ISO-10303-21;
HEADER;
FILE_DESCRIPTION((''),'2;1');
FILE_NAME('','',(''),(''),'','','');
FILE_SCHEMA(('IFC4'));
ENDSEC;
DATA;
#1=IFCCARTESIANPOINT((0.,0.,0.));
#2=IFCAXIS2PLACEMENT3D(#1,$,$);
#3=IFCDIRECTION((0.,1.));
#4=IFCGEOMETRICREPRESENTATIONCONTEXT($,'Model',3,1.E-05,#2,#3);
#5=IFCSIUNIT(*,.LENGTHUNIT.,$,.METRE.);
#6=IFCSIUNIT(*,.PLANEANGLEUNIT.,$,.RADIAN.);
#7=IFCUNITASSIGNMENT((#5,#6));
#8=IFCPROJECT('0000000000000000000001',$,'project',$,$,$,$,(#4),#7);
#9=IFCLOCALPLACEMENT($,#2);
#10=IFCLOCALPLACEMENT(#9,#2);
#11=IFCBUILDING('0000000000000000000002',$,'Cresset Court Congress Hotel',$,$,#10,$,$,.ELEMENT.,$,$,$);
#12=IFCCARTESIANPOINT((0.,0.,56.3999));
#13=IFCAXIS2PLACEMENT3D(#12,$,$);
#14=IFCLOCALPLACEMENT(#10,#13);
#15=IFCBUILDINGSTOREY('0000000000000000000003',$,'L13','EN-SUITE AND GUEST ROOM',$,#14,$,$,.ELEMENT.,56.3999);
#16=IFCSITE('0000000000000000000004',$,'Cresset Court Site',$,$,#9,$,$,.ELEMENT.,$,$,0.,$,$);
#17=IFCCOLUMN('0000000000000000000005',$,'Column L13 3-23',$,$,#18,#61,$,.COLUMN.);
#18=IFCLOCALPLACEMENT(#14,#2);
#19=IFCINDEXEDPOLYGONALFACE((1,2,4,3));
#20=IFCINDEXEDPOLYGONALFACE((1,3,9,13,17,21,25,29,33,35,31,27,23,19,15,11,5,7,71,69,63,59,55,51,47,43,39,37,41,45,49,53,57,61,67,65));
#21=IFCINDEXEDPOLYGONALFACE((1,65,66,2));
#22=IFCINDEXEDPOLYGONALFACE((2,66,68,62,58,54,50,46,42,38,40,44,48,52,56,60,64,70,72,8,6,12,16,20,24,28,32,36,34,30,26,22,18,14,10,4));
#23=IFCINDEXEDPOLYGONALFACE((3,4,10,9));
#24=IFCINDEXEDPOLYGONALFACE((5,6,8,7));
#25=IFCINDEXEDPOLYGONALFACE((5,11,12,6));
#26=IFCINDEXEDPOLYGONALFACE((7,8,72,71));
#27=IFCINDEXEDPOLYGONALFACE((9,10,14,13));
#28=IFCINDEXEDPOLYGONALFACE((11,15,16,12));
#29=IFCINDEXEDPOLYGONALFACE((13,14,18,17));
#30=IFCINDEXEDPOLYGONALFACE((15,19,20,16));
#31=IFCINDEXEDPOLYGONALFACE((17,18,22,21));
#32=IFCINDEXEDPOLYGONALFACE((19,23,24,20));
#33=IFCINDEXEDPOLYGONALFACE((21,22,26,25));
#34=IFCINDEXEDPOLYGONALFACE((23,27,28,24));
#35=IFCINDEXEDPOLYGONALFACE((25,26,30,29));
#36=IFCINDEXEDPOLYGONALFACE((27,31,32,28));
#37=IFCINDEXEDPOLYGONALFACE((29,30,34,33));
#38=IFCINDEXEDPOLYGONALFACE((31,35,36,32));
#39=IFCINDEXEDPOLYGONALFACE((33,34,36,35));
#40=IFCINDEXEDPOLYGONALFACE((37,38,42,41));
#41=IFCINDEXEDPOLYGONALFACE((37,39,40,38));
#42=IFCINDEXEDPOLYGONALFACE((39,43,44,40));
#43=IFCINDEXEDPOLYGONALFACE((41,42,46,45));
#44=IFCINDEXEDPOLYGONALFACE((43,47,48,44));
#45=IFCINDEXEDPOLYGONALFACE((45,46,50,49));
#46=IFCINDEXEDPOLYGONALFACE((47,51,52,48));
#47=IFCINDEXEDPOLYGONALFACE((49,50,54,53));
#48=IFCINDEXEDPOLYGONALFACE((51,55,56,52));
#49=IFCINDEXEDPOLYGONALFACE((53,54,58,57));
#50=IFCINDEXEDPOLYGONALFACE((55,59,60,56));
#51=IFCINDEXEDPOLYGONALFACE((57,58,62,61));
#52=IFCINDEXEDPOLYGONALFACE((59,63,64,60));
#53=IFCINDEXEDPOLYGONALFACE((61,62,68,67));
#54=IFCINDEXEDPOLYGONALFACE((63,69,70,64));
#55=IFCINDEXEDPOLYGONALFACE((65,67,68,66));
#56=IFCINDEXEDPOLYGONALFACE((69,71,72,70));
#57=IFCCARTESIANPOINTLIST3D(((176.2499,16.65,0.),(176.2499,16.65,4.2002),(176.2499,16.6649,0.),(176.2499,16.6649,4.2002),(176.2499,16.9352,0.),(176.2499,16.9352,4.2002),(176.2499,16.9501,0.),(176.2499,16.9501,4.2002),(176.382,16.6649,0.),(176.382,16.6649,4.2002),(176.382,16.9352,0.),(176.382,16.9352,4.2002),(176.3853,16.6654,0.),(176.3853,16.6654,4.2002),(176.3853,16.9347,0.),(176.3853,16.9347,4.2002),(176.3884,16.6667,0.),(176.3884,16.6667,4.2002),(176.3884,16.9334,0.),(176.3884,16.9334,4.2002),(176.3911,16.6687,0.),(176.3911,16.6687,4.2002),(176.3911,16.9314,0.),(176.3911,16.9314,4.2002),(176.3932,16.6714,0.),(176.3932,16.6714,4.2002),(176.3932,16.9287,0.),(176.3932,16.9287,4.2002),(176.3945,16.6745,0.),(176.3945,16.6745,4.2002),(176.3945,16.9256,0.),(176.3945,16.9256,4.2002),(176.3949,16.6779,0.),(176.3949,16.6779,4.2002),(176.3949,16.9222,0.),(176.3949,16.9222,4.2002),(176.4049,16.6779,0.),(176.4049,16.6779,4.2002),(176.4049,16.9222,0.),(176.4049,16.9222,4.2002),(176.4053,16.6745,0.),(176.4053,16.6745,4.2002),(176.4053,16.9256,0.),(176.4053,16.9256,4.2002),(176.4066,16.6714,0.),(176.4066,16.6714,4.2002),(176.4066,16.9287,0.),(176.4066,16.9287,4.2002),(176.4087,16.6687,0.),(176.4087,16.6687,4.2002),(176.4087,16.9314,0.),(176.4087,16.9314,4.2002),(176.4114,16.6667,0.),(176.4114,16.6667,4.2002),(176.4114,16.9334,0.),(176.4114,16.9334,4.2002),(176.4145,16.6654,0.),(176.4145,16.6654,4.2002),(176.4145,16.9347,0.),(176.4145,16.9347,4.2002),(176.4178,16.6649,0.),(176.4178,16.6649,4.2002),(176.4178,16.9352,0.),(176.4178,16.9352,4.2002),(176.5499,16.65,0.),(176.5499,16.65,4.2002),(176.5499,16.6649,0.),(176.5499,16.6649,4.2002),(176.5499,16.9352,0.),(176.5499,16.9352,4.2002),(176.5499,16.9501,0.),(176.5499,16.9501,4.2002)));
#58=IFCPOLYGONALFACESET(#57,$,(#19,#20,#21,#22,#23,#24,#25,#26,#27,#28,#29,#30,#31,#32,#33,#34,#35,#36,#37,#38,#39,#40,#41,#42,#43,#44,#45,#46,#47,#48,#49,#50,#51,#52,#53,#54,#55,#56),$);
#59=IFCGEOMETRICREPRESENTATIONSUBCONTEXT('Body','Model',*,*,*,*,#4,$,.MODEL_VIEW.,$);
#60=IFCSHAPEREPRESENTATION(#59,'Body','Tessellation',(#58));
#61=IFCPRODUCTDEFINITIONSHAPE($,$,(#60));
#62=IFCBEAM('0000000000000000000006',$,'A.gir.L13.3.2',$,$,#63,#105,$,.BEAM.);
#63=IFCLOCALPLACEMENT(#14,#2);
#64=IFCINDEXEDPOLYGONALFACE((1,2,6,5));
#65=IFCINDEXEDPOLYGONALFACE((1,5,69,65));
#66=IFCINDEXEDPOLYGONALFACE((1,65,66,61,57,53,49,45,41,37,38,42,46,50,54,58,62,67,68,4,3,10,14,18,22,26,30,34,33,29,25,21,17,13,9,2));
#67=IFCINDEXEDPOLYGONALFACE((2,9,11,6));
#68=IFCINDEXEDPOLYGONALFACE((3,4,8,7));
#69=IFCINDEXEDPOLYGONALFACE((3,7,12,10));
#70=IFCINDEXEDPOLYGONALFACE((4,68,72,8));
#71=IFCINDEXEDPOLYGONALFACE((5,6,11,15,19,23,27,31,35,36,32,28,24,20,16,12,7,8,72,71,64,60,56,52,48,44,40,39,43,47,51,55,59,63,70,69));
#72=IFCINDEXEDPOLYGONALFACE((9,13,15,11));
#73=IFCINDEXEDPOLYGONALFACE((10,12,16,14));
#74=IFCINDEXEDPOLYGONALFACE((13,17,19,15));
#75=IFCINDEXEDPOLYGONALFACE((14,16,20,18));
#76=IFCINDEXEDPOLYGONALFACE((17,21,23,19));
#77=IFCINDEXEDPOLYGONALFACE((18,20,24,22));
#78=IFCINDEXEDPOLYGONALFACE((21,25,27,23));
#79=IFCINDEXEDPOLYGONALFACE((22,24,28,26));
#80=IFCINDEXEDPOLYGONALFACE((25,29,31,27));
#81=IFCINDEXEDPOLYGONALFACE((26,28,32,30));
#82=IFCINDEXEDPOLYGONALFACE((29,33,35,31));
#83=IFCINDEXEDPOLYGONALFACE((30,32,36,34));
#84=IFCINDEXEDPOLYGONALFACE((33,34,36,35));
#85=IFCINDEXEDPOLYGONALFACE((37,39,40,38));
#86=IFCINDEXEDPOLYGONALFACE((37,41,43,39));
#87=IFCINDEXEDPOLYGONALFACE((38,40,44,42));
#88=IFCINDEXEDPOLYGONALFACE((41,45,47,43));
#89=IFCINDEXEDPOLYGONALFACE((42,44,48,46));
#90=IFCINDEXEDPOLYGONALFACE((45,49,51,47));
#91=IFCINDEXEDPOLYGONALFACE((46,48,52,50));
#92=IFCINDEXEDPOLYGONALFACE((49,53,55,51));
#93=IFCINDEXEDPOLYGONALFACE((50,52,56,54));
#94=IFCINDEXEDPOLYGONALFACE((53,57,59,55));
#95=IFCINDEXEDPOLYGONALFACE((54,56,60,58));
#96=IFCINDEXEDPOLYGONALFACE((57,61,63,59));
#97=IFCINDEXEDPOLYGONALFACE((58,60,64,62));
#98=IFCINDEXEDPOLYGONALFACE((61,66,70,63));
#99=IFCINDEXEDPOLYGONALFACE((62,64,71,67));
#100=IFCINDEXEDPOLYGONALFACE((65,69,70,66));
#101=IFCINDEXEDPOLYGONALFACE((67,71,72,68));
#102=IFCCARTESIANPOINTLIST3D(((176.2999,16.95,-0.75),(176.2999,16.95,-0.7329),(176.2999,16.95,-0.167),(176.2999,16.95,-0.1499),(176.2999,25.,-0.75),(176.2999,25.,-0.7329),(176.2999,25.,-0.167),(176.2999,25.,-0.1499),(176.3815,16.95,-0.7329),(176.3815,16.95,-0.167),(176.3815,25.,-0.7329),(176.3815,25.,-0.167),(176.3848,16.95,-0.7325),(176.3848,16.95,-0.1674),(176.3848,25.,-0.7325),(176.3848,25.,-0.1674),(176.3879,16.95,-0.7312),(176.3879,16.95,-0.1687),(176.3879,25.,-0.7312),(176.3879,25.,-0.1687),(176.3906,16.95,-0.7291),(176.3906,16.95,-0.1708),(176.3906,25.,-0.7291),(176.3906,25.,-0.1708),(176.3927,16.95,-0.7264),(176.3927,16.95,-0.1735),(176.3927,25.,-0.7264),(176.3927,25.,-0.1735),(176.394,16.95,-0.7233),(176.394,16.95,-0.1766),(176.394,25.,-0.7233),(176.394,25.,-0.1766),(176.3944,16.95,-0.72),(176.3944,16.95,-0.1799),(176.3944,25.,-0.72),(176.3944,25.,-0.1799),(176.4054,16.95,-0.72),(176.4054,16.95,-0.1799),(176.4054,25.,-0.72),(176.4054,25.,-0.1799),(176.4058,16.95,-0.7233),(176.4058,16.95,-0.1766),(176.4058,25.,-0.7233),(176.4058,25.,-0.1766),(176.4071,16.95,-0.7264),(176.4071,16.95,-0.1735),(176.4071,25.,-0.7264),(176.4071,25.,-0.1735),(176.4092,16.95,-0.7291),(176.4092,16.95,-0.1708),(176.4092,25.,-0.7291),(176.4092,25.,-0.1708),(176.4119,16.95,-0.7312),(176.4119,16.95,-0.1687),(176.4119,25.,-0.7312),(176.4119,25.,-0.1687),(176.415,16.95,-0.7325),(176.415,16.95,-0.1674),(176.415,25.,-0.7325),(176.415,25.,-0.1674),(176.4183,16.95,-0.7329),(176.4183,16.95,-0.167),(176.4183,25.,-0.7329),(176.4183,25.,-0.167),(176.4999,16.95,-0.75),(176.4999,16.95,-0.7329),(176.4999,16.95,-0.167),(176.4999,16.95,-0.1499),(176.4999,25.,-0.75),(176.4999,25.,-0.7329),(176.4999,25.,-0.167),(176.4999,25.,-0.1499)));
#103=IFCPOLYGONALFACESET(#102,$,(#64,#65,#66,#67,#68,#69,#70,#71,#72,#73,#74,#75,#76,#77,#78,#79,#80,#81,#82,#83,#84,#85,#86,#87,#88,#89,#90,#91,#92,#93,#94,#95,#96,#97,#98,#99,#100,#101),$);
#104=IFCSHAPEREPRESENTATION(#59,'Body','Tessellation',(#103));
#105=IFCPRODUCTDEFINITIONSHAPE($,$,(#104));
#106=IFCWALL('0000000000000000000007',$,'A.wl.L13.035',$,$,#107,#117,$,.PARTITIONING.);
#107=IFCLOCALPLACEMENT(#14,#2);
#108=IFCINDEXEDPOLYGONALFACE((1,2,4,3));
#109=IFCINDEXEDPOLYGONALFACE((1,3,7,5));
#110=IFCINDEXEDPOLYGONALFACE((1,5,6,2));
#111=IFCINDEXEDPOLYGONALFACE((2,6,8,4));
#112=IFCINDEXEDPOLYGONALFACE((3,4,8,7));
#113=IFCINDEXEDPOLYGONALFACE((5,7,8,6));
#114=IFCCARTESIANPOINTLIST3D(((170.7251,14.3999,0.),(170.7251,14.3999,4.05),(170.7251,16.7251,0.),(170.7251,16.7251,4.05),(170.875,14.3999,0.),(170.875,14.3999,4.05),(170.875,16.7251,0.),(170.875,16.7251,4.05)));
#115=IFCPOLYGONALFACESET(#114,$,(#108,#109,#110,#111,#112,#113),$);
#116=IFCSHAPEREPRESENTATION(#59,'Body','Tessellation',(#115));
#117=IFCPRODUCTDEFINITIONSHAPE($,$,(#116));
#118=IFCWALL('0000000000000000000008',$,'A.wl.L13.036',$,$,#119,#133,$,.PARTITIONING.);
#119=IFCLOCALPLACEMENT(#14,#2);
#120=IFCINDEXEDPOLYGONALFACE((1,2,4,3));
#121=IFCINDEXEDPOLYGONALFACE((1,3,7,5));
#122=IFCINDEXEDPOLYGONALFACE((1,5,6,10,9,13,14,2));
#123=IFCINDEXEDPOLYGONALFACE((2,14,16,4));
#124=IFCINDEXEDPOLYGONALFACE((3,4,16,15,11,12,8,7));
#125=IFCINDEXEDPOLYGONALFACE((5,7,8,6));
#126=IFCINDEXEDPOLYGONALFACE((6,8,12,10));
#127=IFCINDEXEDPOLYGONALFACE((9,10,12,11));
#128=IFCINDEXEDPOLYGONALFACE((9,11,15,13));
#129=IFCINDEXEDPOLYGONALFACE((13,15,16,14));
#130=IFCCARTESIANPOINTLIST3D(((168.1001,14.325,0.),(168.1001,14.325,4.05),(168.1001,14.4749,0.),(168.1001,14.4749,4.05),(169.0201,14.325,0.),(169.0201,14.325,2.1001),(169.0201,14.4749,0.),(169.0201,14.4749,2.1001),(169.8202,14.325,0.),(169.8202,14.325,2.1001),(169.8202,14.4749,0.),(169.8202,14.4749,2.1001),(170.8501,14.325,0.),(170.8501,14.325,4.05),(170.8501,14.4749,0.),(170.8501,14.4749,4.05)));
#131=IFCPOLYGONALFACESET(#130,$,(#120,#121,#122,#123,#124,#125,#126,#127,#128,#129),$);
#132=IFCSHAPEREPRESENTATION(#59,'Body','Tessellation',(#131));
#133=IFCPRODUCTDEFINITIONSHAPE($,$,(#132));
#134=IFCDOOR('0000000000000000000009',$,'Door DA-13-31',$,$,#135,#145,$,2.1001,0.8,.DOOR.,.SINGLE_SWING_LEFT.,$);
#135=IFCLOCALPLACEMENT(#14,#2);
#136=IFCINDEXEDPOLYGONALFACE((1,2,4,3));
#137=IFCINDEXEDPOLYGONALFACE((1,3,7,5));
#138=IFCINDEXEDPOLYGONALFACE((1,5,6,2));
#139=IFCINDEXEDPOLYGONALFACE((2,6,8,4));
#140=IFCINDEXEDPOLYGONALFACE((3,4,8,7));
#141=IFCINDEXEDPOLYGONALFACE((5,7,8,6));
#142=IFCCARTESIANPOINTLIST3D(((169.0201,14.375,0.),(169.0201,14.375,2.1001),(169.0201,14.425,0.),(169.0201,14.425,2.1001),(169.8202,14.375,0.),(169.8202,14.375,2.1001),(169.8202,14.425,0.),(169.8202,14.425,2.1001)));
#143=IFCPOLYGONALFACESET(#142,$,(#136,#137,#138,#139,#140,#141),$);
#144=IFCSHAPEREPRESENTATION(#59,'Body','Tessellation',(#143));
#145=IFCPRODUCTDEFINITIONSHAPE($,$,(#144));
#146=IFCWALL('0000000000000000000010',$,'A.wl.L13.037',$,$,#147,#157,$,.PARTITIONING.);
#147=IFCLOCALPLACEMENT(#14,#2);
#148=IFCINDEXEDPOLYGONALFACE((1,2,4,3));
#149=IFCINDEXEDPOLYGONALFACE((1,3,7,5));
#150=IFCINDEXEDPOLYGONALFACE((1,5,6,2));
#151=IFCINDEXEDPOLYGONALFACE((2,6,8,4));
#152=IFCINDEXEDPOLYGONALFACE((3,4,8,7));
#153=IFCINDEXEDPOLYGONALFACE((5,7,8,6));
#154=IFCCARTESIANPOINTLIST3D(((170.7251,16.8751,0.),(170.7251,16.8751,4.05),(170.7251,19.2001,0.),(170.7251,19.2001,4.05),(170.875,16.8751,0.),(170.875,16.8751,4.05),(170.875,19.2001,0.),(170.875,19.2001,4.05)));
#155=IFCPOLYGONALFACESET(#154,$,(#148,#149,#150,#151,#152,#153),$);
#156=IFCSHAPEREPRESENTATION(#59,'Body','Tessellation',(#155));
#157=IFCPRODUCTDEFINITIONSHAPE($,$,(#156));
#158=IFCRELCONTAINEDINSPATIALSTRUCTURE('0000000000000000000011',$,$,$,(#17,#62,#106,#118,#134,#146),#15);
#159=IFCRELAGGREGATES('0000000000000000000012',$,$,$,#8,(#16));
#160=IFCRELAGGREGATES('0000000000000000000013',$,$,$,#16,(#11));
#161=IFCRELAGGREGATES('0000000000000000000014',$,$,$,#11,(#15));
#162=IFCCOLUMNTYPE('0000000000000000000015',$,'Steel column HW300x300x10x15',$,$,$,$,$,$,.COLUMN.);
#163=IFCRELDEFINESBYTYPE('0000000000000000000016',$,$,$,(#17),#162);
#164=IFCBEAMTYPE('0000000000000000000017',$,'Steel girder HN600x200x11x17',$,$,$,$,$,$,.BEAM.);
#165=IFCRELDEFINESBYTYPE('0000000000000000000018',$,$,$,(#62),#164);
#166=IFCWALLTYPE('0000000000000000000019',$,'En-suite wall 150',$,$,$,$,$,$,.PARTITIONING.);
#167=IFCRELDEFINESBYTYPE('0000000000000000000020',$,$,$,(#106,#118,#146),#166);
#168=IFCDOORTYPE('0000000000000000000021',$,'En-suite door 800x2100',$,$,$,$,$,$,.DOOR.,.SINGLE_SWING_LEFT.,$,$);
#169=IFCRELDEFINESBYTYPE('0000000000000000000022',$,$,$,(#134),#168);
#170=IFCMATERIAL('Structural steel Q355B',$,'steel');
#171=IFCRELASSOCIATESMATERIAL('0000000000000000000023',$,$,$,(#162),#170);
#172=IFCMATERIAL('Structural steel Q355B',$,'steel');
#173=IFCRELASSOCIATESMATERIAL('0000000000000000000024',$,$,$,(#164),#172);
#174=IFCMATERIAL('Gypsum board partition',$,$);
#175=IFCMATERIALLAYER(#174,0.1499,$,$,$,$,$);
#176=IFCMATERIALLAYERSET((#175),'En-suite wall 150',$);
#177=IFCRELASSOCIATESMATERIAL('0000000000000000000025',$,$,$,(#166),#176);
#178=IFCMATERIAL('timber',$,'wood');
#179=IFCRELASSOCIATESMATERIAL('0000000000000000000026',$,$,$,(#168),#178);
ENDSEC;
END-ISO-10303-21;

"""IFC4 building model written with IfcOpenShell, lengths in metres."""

from ifc_helpers import new_model, si_unit, direction, frame, frame_2d, origin, origin_2d, place, context, subcontext, project, spatial, rectangle, i_section, extrude, material, layer, layer_set, material_profile, profile_set, type_object, element, fill, save


model = new_model("IFC4")

# Units and contexts
model_context = context("Model", 3, precision=1e-05, world=origin(), true_north=direction((0.0, 1.0)))
body_context = subcontext(model_context, "Body", "Model", "MODEL_VIEW")
ifc_project = project(units=[si_unit("LENGTHUNIT", "METRE"), si_unit("PLANEANGLEUNIT", "RADIAN")], contexts=[model_context])

# Site, building, storey
site_placement = place(None, origin())
site = spatial("IfcSite", under=ifc_project, at=site_placement, Name="Cresset Court Site", CompositionType="ELEMENT", RefElevation=0.0)
building_placement = place(site_placement, origin())
building = spatial("IfcBuilding", under=site, at=building_placement, Name="Cresset Court Congress Hotel", CompositionType="ELEMENT")
storey_placement = place(building_placement, frame((0.0, 0.0, 56.3999)))
storey = spatial("IfcBuildingStorey", under=building, at=storey_placement, Name="L13", Description="EN-SUITE AND GUEST ROOM", CompositionType="ELEMENT", Elevation=56.3999)

# Column
ifc_material_1 = material(Name="Structural steel Q355B", Category="steel")
ifc_material_profile_1 = material_profile(ifc_material_1, i_section(OverallWidth=0.3, OverallDepth=0.3, WebThickness=0.01, FlangeThickness=0.0149, FilletRadius=0.0129, at=origin_2d()), Name="HW300x300x10x15")
ifc_profile_set_1 = profile_set([ifc_material_profile_1], Name="Structural steel Q355B")
column_type = type_object("IfcColumnType", Name="Steel column HW300x300x10x15", PredefinedType="COLUMN", material=ifc_profile_set_1)
column_placement = place(storey_placement, frame((176.3999, 16.8, 0.0), z_axis=(0.0, 0.0, 1.0), x_axis=(1.0, 0.0, 0.0)))
element("IfcColumn", 1, at=column_placement, inside=storey, type_object=column_type, Name="Column L13 3-23", PredefinedType="COLUMN", context=body_context, shape_type="SweptSolid", body=[
    extrude(i_section(OverallWidth=0.3, OverallDepth=0.3, WebThickness=0.01, FlangeThickness=0.0149, FilletRadius=0.0129, at=origin_2d()), origin(), (0.0, 0.0, 1.0), 4.2002),
])

# Beam
ifc_material_2 = material(Name="Structural steel Q355B", Category="steel")
ifc_material_profile_2 = material_profile(ifc_material_2, i_section(OverallWidth=0.2, OverallDepth=0.6001, WebThickness=0.011, FlangeThickness=0.0171, FilletRadius=0.0129, at=origin_2d()), Name="HN600x200x11x17")
ifc_profile_set_2 = profile_set([ifc_material_profile_2], Name="Structural steel Q355B")
beam_type = type_object("IfcBeamType", Name="Steel girder HN600x200x11x17", PredefinedType="BEAM", material=ifc_profile_set_2)
beam_placement = place(storey_placement, frame((176.3999, 16.95, -0.45), z_axis=(0.0, 1.0, 0.0), x_axis=(-1.0, 0.0, 0.0)))
element("IfcBeam", 2, at=beam_placement, inside=storey, type_object=beam_type, Name="A.gir.L13.3.2", PredefinedType="BEAM", context=body_context, shape_type="SweptSolid", body=[
    extrude(i_section(OverallWidth=0.2, OverallDepth=0.6001, WebThickness=0.011, FlangeThickness=0.0171, FilletRadius=0.0129, at=origin_2d()), origin(), (0.0, 0.0, 1.0), 8.05),
])

# Wall
ifc_material_3 = material(Name="Gypsum board partition")
ifc_layer_1 = layer(ifc_material_3, 0.1499)
ifc_layer_set_1 = layer_set([ifc_layer_1], Name="En-suite wall 150")
wall_type_1 = type_object("IfcWallType", Name="En-suite wall 150", PredefinedType="PARTITIONING", material=ifc_layer_set_1)
wall_1_placement = place(storey_placement, frame((170.8, 14.3999, 0.0), z_axis=(0.0, 0.0, 1.0), x_axis=(0.0, 1.0, 0.0)))
element("IfcWall", 3, at=wall_1_placement, inside=storey, type_object=wall_type_1, Name="A.wl.L13.035", PredefinedType="PARTITIONING", context=body_context, shape_type="SweptSolid", body=[
    extrude(rectangle(XDim=2.3252, YDim=0.1499, at=frame_2d((1.1626, 0.0))), origin(), (0.0, 0.0, 1.0), 4.05),
])

# Wall, opening, door
wall_2_placement = place(storey_placement, frame((170.8501, 14.3999, 0.0), z_axis=(0.0, 0.0, 1.0), x_axis=(-1.0, 0.0, 0.0)))
wall_2 = element("IfcWall", 4, at=wall_2_placement, inside=storey, type_object=wall_type_1, Name="A.wl.L13.036", PredefinedType="PARTITIONING", context=body_context, shape_type="SweptSolid", body=[
    extrude(rectangle(XDim=2.75, YDim=0.1499, at=frame_2d((1.375, 0.0))), origin(), (0.0, 0.0, 1.0), 4.05),
])
opening_1_placement = place(wall_2_placement, frame((1.03, 0.0, 0.0)))
opening_1 = element("IfcOpeningElement", 5, at=opening_1_placement, cuts=wall_2, PredefinedType="OPENING", context=body_context, shape_type="SweptSolid", body=[
    extrude(rectangle(XDim=0.8, YDim=2.1001, at=frame_2d((0.3999, 1.05))), frame((0.0, 0.085, 0.0), z_axis=(0.0, -1.0, 0.0), x_axis=(1.0, 0.0, 0.0)), (0.0, 0.0, 1.0), 0.1699),
])
ifc_material_4 = material(Name="timber", Category="wood")
door_type = type_object("IfcDoorType", Name="En-suite door 800x2100", OperationType="SINGLE_SWING_LEFT", PredefinedType="DOOR", material=ifc_material_4)
door_1_placement = place(opening_1_placement, origin())
door_1 = element("IfcDoor", 6, at=door_1_placement, inside=storey, type_object=door_type, Name="Door DA-13-31", OperationType="SINGLE_SWING_LEFT", OverallHeight=2.1001, OverallWidth=0.8, PredefinedType="DOOR", context=body_context, shape_type="SweptSolid", body=[
    extrude(rectangle(XDim=0.8, YDim=2.1001, at=frame_2d((0.3999, 1.05))), frame((0.0, 0.0249, 0.0), z_axis=(0.0, -1.0, 0.0), x_axis=(1.0, 0.0, 0.0)), (0.0, 0.0, 1.0), 0.05),
])
fill(opening_1, door_1)

# Wall
wall_3_placement = place(storey_placement, frame((170.8, 16.875, 0.0), z_axis=(0.0, 0.0, 1.0), x_axis=(0.0, 1.0, 0.0)))
element("IfcWall", 7, at=wall_3_placement, inside=storey, type_object=wall_type_1, Name="A.wl.L13.037", PredefinedType="PARTITIONING", context=body_context, shape_type="SweptSolid", body=[
    extrude(rectangle(XDim=2.325, YDim=0.1499, at=frame_2d((1.1626, 0.0))), origin(), (0.0, 0.0, 1.0), 4.05),
])

save(model, "model.ifc")
